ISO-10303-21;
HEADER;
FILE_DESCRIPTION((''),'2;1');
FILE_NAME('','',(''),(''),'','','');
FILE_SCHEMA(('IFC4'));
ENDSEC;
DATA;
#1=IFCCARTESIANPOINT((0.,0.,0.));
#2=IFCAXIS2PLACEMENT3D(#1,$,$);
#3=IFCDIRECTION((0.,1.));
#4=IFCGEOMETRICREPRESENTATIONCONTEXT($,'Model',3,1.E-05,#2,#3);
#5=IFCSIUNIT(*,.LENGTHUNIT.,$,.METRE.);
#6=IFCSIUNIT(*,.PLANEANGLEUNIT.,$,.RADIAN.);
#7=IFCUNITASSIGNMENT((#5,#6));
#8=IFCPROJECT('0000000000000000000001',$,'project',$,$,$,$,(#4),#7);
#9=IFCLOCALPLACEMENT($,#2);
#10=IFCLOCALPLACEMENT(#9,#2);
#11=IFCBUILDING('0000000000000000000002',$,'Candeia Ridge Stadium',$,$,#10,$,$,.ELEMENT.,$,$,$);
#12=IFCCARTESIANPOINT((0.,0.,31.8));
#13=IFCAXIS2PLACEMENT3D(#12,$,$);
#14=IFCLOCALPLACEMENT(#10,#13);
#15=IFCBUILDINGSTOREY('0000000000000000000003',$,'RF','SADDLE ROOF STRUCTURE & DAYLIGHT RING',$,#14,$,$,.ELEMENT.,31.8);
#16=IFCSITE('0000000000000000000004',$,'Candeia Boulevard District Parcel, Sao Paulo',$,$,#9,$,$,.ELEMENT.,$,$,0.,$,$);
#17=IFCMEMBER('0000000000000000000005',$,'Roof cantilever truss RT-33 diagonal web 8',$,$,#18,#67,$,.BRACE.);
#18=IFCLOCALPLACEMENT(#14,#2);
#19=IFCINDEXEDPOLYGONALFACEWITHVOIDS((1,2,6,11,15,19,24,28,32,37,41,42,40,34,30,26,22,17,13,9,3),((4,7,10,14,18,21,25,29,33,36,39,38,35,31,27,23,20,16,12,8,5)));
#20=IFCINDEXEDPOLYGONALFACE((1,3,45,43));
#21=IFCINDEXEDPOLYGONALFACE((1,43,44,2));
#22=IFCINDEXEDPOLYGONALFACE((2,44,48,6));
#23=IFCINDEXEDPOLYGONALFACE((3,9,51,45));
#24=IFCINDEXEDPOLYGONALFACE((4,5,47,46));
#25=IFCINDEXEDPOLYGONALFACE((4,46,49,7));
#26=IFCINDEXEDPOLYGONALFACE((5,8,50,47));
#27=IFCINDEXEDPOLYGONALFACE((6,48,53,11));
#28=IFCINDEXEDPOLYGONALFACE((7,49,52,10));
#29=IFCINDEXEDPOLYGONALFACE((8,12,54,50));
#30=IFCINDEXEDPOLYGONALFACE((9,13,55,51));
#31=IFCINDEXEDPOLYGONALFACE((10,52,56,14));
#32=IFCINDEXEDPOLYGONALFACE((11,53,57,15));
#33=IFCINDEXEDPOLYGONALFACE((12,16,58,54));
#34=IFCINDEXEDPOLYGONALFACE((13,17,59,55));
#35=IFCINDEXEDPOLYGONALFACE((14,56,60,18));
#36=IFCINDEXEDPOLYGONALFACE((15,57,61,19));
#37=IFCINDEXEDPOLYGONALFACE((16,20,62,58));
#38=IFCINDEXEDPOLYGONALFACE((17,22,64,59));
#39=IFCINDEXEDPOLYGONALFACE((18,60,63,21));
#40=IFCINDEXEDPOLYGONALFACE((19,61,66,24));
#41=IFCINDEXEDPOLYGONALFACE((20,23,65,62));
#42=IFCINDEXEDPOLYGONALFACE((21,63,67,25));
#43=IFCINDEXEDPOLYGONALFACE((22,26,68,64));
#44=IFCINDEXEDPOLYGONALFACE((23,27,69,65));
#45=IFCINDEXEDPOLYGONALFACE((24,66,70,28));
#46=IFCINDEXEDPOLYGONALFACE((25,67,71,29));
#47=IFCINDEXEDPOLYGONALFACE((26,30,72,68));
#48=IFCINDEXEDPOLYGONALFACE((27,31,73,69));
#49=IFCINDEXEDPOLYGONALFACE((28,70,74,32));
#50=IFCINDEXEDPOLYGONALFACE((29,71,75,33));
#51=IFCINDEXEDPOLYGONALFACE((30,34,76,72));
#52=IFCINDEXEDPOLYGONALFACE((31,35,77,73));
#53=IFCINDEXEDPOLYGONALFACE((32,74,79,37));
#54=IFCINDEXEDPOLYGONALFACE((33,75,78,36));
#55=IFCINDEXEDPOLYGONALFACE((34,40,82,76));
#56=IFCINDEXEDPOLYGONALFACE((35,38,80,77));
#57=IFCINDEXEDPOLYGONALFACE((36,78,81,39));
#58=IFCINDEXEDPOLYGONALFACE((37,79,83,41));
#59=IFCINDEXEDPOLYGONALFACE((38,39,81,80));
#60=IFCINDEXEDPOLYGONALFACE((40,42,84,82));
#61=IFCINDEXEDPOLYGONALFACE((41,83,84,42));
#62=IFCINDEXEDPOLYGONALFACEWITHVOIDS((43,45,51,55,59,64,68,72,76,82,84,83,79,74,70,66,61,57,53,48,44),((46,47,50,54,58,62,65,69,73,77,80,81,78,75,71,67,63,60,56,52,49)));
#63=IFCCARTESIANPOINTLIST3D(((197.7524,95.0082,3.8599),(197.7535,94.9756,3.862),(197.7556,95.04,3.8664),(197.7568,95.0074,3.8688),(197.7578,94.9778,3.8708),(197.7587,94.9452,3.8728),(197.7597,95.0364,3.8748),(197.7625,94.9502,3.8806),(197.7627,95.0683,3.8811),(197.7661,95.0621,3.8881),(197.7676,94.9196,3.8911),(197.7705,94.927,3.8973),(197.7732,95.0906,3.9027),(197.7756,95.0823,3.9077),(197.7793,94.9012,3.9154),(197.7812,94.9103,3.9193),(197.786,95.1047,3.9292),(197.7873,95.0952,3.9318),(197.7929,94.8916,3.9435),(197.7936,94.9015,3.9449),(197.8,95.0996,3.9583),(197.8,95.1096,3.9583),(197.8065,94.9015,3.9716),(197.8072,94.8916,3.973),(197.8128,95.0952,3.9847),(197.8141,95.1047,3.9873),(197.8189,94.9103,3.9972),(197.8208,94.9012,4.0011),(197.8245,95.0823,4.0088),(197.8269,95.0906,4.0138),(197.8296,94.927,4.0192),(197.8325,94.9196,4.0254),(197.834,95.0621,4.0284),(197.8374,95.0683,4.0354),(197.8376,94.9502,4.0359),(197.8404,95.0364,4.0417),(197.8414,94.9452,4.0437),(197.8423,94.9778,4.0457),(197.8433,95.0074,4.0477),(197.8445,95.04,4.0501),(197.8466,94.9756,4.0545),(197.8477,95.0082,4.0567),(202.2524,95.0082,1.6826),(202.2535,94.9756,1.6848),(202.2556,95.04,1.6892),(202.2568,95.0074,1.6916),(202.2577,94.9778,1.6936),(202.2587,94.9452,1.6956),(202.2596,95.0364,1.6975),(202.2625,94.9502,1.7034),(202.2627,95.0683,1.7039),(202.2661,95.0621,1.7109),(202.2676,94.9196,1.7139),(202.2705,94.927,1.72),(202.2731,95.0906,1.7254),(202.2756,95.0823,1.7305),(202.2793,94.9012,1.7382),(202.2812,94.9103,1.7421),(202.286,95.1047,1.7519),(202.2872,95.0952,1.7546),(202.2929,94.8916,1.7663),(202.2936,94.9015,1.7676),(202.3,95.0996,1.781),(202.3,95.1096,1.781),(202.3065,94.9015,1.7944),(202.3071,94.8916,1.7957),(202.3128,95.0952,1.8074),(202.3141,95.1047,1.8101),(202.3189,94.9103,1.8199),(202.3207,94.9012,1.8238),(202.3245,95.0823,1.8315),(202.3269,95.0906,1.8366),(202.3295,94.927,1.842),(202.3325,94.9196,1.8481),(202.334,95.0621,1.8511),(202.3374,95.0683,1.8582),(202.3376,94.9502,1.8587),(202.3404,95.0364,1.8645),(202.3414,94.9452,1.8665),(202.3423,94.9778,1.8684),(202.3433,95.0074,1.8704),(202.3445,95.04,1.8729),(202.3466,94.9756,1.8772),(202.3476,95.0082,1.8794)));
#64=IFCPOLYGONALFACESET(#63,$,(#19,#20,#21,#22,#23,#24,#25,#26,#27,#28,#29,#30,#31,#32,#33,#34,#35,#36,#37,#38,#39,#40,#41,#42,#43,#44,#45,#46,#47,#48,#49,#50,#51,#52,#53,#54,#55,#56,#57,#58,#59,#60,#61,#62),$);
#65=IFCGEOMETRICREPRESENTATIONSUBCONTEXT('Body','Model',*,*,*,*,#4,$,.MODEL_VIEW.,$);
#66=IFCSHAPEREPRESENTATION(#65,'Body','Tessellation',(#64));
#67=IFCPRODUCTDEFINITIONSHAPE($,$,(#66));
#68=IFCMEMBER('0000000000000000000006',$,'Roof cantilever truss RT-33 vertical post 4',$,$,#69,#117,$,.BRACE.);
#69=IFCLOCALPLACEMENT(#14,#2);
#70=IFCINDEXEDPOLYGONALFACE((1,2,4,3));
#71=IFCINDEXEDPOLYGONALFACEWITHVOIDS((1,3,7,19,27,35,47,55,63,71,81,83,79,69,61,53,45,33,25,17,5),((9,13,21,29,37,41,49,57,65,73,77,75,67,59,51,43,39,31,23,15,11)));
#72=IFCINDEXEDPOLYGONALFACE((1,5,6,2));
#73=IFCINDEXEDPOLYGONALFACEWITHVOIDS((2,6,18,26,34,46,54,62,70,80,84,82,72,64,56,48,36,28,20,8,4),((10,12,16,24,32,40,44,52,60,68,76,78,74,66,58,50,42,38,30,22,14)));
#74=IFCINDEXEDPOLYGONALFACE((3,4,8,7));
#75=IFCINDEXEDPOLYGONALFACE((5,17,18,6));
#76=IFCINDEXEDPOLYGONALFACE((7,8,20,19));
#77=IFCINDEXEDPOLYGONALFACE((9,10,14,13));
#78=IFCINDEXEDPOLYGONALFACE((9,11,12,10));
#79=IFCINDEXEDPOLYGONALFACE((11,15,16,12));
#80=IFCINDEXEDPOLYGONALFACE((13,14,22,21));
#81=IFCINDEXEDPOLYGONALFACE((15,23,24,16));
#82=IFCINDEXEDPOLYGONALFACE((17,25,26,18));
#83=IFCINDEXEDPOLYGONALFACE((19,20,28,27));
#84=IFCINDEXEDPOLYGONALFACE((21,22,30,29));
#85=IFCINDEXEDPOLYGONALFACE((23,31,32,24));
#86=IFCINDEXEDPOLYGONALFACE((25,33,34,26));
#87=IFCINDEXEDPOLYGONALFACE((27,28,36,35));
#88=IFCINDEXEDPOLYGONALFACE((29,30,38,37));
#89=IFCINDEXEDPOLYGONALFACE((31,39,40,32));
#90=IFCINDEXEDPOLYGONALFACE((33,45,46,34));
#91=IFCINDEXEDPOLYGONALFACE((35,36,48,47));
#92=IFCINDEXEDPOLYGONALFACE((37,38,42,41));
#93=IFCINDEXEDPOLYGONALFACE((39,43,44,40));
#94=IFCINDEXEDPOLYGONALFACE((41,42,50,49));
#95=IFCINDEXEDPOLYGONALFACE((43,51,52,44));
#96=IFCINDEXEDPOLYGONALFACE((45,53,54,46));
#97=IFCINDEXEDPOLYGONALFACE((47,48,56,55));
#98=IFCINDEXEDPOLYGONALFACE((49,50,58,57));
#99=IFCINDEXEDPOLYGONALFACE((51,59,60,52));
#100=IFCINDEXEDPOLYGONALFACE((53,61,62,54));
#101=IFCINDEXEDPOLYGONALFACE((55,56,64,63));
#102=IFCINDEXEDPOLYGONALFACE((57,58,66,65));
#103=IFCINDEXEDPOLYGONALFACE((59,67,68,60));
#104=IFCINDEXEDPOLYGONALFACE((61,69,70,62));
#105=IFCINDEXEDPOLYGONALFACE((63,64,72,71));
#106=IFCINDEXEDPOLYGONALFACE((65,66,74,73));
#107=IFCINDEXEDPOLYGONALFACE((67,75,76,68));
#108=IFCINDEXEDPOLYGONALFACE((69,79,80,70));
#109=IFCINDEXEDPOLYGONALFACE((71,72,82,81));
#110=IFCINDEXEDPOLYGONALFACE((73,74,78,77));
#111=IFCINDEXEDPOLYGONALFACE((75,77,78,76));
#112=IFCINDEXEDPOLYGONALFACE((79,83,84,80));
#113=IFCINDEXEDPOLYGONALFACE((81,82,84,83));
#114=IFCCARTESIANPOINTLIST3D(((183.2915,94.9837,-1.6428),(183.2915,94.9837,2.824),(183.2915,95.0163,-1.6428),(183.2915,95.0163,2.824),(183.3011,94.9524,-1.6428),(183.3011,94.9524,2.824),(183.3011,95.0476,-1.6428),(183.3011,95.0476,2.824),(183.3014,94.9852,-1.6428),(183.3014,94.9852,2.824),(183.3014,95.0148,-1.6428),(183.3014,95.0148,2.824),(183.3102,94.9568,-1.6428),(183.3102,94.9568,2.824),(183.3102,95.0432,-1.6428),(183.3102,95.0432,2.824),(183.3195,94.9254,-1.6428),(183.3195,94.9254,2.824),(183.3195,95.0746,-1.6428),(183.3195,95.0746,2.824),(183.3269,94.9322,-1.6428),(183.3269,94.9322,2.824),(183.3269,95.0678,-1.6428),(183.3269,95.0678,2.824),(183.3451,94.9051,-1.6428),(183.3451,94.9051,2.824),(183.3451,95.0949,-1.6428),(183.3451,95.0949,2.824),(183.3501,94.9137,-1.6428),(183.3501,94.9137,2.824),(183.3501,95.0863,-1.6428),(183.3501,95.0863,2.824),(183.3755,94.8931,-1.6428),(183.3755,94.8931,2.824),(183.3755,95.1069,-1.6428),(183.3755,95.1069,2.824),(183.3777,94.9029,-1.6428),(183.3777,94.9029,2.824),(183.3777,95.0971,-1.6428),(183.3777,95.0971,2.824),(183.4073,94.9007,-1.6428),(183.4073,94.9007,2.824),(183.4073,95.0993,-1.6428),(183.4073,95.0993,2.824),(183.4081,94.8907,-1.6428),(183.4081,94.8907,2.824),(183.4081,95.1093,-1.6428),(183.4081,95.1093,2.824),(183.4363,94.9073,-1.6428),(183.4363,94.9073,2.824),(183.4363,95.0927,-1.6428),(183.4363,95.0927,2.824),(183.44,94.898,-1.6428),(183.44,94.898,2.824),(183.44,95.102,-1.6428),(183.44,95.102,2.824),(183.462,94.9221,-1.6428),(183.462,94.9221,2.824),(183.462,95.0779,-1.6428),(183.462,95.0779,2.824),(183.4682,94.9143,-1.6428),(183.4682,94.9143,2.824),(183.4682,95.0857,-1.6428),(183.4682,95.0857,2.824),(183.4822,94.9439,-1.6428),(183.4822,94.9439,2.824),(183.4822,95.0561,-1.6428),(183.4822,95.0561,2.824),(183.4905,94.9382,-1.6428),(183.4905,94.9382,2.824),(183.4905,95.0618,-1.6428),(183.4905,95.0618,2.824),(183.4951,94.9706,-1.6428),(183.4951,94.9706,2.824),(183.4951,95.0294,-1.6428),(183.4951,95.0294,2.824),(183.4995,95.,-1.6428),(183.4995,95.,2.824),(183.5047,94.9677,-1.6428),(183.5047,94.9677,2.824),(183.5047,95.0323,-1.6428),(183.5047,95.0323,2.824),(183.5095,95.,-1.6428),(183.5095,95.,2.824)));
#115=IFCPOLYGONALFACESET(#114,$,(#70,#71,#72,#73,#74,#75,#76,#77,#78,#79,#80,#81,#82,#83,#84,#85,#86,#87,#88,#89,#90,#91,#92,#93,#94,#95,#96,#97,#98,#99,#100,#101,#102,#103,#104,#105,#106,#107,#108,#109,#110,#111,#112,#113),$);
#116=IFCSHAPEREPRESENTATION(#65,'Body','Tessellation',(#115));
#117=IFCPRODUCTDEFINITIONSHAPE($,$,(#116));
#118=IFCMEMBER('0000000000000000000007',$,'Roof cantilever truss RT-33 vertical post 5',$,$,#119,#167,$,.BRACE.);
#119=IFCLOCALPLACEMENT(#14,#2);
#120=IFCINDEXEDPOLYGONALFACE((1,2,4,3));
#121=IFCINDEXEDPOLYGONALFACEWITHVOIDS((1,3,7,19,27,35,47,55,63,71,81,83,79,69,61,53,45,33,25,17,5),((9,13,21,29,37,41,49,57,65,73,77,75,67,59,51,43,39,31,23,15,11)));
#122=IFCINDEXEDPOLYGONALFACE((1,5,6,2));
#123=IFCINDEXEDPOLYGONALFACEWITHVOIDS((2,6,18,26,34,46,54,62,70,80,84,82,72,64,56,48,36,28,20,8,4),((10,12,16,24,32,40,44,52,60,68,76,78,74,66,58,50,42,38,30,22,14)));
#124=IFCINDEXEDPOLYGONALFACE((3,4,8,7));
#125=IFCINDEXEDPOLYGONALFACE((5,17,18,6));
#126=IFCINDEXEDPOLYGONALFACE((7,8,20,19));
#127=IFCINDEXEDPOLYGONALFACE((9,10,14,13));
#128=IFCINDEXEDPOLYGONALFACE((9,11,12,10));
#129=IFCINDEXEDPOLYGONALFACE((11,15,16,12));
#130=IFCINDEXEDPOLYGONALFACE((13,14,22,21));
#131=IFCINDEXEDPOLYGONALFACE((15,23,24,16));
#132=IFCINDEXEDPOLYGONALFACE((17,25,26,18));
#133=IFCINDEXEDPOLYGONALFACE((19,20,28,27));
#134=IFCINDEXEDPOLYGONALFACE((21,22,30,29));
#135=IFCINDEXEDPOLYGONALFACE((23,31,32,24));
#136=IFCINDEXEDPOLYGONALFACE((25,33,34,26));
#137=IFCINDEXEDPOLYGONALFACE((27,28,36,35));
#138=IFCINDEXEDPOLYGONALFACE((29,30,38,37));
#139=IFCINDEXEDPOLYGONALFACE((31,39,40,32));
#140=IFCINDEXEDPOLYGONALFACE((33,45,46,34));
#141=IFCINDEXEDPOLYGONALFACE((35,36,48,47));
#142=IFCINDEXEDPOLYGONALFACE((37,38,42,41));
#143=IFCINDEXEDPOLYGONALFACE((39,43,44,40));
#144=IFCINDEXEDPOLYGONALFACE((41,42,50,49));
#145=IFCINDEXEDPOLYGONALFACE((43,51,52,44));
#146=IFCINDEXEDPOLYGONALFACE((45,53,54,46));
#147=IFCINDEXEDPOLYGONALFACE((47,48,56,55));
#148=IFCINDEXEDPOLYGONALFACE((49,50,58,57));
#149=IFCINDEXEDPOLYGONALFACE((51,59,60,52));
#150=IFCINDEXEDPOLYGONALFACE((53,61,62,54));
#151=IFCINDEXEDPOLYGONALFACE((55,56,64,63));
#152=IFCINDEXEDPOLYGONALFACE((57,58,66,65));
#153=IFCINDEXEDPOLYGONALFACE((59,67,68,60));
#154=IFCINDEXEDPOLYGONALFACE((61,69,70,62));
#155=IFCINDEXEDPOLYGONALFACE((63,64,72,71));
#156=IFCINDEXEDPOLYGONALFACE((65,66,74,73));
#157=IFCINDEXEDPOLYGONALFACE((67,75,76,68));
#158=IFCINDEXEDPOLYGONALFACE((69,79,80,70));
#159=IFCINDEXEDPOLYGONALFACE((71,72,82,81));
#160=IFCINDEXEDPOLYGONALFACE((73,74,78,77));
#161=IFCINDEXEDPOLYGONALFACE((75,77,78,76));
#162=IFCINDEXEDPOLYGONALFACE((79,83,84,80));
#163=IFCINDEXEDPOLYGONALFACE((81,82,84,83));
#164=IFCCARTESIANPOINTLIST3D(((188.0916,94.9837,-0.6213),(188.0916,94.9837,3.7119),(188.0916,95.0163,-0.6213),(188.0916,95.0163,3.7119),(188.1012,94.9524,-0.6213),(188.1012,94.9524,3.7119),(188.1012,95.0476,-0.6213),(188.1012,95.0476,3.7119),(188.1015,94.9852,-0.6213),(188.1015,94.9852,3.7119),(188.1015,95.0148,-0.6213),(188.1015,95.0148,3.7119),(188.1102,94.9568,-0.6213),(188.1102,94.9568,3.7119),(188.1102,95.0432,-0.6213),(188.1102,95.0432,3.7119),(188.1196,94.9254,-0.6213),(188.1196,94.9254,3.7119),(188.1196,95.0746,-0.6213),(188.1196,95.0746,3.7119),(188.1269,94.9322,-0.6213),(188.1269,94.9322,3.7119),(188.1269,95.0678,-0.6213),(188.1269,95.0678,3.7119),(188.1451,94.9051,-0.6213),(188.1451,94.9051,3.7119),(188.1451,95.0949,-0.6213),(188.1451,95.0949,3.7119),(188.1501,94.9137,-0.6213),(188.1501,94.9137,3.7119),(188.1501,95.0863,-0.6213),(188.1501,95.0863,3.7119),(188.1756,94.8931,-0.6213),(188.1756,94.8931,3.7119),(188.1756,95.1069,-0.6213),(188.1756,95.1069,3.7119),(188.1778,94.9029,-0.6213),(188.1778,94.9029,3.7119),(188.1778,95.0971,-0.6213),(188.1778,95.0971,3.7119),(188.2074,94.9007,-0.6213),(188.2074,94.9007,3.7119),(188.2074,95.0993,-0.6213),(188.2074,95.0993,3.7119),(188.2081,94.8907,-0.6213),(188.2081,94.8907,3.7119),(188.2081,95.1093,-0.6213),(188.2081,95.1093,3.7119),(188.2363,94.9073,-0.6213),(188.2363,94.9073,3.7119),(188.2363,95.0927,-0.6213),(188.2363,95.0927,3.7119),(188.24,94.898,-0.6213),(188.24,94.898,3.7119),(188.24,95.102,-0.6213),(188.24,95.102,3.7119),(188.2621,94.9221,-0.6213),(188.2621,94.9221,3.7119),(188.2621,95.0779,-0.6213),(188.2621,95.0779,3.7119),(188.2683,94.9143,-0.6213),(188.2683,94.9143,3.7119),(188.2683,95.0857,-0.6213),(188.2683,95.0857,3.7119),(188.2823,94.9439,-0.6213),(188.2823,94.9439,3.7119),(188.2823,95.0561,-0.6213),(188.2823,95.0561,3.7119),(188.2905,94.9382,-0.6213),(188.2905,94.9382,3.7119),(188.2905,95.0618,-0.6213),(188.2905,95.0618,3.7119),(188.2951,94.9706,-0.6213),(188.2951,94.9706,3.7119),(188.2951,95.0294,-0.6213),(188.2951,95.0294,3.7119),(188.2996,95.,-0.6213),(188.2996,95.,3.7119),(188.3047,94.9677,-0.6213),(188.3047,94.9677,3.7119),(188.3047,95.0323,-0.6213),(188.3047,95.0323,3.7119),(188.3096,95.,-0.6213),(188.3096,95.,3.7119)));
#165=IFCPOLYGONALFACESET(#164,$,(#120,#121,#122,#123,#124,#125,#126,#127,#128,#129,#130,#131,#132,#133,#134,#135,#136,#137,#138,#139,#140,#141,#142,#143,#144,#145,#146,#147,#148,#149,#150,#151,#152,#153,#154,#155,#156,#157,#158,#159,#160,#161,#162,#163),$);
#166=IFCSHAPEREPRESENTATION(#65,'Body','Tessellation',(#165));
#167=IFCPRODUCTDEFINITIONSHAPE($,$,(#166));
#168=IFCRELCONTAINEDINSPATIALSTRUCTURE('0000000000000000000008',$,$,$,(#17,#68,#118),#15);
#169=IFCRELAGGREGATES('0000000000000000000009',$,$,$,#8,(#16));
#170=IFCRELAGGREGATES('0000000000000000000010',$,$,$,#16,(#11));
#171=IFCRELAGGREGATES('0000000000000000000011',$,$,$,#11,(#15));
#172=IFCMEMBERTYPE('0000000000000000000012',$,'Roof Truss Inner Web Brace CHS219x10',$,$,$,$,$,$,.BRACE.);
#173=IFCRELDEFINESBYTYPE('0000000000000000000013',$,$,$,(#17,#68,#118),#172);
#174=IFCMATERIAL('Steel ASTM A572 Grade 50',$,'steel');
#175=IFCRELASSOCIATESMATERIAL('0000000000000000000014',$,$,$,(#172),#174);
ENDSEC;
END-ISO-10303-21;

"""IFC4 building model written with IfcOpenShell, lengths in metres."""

from ifc_helpers import new_model, si_unit, direction, frame, origin, origin_2d, place, context, subcontext, project, spatial, hollow_circle, extrude, material, material_profile, profile_set, type_object, element, save


model = new_model("IFC4")

# Units and contexts
model_context = context("Model", 3, precision=1e-05, world=origin(), true_north=direction((0.0, 1.0)))
body_context = subcontext(model_context, "Body", "Model", "MODEL_VIEW")
ifc_project = project(units=[si_unit("LENGTHUNIT", "METRE"), si_unit("PLANEANGLEUNIT", "RADIAN")], contexts=[model_context])

# Site, building, storey
site_placement = place(None, origin())
site = spatial("IfcSite", under=ifc_project, at=site_placement, Name="Candeia Boulevard District Parcel, Sao Paulo", CompositionType="ELEMENT", RefElevation=0.0)
building_placement = place(site_placement, origin())
building = spatial("IfcBuilding", under=site, at=building_placement, Name="Candeia Ridge Stadium", CompositionType="ELEMENT")
storey_placement = place(building_placement, frame((0.0, 0.0, 31.8)))
storey = spatial("IfcBuildingStorey", under=building, at=storey_placement, Name="RF", Description="SADDLE ROOF STRUCTURE & DAYLIGHT RING", CompositionType="ELEMENT", Elevation=31.8)

# Shared definitions
ifc_material_1 = material(Name="Steel ASTM A572 Grade 50", Category="steel")

# Members
ifc_material_profile_1 = material_profile(ifc_material_1, hollow_circle(Radius=0.1096, WallThickness=0.01, at=origin_2d()), Name="CHS219x10", Category="steel")
ifc_profile_set_1 = profile_set([ifc_material_profile_1], Name="Steel ASTM A572 Grade 50")
member_type_1 = type_object("IfcMemberType", Name="Roof Truss Inner Web Brace CHS219x10", PredefinedType="BRACE", material=ifc_profile_set_1)
member_1_placement = place(storey_placement, frame((197.8, 95.0, 3.9583), z_axis=(0.900173, 0.0, -0.435533), x_axis=(0.0, 1.0, 0.0)))
element("IfcMember", 1, at=member_1_placement, inside=storey, type_object=member_type_1, Name="Roof cantilever truss RT-33 diagonal web 8", PredefinedType="BRACE", context=body_context, shape_type="SweptSolid", body=[
    extrude(hollow_circle(Radius=0.1096, WallThickness=0.01, at=origin_2d()), origin(), (0.0, 0.0, 1.0), 4.999),
])
member_2_placement = place(storey_placement, frame((183.3999, 95.0, -1.6428), z_axis=(0.0, 0.0, 1.0), x_axis=(1.0, 0.0, 0.0)))
element("IfcMember", 2, at=member_2_placement, inside=storey, type_object=member_type_1, Name="Roof cantilever truss RT-33 vertical post 4", PredefinedType="BRACE", context=body_context, shape_type="SweptSolid", body=[
    extrude(hollow_circle(Radius=0.1096, WallThickness=0.01, at=origin_2d()), origin(), (0.0, 0.0, 1.0), 4.4668),
])
member_3_placement = place(storey_placement, frame((188.2, 95.0, -0.6213), z_axis=(0.0, 0.0, 1.0), x_axis=(1.0, 0.0, 0.0)))
element("IfcMember", 3, at=member_3_placement, inside=storey, type_object=member_type_1, Name="Roof cantilever truss RT-33 vertical post 5", PredefinedType="BRACE", context=body_context, shape_type="SweptSolid", body=[
    extrude(hollow_circle(Radius=0.1096, WallThickness=0.01, at=origin_2d()), origin(), (0.0, 0.0, 1.0), 4.3333),
])

save(model, "model.ifc")
